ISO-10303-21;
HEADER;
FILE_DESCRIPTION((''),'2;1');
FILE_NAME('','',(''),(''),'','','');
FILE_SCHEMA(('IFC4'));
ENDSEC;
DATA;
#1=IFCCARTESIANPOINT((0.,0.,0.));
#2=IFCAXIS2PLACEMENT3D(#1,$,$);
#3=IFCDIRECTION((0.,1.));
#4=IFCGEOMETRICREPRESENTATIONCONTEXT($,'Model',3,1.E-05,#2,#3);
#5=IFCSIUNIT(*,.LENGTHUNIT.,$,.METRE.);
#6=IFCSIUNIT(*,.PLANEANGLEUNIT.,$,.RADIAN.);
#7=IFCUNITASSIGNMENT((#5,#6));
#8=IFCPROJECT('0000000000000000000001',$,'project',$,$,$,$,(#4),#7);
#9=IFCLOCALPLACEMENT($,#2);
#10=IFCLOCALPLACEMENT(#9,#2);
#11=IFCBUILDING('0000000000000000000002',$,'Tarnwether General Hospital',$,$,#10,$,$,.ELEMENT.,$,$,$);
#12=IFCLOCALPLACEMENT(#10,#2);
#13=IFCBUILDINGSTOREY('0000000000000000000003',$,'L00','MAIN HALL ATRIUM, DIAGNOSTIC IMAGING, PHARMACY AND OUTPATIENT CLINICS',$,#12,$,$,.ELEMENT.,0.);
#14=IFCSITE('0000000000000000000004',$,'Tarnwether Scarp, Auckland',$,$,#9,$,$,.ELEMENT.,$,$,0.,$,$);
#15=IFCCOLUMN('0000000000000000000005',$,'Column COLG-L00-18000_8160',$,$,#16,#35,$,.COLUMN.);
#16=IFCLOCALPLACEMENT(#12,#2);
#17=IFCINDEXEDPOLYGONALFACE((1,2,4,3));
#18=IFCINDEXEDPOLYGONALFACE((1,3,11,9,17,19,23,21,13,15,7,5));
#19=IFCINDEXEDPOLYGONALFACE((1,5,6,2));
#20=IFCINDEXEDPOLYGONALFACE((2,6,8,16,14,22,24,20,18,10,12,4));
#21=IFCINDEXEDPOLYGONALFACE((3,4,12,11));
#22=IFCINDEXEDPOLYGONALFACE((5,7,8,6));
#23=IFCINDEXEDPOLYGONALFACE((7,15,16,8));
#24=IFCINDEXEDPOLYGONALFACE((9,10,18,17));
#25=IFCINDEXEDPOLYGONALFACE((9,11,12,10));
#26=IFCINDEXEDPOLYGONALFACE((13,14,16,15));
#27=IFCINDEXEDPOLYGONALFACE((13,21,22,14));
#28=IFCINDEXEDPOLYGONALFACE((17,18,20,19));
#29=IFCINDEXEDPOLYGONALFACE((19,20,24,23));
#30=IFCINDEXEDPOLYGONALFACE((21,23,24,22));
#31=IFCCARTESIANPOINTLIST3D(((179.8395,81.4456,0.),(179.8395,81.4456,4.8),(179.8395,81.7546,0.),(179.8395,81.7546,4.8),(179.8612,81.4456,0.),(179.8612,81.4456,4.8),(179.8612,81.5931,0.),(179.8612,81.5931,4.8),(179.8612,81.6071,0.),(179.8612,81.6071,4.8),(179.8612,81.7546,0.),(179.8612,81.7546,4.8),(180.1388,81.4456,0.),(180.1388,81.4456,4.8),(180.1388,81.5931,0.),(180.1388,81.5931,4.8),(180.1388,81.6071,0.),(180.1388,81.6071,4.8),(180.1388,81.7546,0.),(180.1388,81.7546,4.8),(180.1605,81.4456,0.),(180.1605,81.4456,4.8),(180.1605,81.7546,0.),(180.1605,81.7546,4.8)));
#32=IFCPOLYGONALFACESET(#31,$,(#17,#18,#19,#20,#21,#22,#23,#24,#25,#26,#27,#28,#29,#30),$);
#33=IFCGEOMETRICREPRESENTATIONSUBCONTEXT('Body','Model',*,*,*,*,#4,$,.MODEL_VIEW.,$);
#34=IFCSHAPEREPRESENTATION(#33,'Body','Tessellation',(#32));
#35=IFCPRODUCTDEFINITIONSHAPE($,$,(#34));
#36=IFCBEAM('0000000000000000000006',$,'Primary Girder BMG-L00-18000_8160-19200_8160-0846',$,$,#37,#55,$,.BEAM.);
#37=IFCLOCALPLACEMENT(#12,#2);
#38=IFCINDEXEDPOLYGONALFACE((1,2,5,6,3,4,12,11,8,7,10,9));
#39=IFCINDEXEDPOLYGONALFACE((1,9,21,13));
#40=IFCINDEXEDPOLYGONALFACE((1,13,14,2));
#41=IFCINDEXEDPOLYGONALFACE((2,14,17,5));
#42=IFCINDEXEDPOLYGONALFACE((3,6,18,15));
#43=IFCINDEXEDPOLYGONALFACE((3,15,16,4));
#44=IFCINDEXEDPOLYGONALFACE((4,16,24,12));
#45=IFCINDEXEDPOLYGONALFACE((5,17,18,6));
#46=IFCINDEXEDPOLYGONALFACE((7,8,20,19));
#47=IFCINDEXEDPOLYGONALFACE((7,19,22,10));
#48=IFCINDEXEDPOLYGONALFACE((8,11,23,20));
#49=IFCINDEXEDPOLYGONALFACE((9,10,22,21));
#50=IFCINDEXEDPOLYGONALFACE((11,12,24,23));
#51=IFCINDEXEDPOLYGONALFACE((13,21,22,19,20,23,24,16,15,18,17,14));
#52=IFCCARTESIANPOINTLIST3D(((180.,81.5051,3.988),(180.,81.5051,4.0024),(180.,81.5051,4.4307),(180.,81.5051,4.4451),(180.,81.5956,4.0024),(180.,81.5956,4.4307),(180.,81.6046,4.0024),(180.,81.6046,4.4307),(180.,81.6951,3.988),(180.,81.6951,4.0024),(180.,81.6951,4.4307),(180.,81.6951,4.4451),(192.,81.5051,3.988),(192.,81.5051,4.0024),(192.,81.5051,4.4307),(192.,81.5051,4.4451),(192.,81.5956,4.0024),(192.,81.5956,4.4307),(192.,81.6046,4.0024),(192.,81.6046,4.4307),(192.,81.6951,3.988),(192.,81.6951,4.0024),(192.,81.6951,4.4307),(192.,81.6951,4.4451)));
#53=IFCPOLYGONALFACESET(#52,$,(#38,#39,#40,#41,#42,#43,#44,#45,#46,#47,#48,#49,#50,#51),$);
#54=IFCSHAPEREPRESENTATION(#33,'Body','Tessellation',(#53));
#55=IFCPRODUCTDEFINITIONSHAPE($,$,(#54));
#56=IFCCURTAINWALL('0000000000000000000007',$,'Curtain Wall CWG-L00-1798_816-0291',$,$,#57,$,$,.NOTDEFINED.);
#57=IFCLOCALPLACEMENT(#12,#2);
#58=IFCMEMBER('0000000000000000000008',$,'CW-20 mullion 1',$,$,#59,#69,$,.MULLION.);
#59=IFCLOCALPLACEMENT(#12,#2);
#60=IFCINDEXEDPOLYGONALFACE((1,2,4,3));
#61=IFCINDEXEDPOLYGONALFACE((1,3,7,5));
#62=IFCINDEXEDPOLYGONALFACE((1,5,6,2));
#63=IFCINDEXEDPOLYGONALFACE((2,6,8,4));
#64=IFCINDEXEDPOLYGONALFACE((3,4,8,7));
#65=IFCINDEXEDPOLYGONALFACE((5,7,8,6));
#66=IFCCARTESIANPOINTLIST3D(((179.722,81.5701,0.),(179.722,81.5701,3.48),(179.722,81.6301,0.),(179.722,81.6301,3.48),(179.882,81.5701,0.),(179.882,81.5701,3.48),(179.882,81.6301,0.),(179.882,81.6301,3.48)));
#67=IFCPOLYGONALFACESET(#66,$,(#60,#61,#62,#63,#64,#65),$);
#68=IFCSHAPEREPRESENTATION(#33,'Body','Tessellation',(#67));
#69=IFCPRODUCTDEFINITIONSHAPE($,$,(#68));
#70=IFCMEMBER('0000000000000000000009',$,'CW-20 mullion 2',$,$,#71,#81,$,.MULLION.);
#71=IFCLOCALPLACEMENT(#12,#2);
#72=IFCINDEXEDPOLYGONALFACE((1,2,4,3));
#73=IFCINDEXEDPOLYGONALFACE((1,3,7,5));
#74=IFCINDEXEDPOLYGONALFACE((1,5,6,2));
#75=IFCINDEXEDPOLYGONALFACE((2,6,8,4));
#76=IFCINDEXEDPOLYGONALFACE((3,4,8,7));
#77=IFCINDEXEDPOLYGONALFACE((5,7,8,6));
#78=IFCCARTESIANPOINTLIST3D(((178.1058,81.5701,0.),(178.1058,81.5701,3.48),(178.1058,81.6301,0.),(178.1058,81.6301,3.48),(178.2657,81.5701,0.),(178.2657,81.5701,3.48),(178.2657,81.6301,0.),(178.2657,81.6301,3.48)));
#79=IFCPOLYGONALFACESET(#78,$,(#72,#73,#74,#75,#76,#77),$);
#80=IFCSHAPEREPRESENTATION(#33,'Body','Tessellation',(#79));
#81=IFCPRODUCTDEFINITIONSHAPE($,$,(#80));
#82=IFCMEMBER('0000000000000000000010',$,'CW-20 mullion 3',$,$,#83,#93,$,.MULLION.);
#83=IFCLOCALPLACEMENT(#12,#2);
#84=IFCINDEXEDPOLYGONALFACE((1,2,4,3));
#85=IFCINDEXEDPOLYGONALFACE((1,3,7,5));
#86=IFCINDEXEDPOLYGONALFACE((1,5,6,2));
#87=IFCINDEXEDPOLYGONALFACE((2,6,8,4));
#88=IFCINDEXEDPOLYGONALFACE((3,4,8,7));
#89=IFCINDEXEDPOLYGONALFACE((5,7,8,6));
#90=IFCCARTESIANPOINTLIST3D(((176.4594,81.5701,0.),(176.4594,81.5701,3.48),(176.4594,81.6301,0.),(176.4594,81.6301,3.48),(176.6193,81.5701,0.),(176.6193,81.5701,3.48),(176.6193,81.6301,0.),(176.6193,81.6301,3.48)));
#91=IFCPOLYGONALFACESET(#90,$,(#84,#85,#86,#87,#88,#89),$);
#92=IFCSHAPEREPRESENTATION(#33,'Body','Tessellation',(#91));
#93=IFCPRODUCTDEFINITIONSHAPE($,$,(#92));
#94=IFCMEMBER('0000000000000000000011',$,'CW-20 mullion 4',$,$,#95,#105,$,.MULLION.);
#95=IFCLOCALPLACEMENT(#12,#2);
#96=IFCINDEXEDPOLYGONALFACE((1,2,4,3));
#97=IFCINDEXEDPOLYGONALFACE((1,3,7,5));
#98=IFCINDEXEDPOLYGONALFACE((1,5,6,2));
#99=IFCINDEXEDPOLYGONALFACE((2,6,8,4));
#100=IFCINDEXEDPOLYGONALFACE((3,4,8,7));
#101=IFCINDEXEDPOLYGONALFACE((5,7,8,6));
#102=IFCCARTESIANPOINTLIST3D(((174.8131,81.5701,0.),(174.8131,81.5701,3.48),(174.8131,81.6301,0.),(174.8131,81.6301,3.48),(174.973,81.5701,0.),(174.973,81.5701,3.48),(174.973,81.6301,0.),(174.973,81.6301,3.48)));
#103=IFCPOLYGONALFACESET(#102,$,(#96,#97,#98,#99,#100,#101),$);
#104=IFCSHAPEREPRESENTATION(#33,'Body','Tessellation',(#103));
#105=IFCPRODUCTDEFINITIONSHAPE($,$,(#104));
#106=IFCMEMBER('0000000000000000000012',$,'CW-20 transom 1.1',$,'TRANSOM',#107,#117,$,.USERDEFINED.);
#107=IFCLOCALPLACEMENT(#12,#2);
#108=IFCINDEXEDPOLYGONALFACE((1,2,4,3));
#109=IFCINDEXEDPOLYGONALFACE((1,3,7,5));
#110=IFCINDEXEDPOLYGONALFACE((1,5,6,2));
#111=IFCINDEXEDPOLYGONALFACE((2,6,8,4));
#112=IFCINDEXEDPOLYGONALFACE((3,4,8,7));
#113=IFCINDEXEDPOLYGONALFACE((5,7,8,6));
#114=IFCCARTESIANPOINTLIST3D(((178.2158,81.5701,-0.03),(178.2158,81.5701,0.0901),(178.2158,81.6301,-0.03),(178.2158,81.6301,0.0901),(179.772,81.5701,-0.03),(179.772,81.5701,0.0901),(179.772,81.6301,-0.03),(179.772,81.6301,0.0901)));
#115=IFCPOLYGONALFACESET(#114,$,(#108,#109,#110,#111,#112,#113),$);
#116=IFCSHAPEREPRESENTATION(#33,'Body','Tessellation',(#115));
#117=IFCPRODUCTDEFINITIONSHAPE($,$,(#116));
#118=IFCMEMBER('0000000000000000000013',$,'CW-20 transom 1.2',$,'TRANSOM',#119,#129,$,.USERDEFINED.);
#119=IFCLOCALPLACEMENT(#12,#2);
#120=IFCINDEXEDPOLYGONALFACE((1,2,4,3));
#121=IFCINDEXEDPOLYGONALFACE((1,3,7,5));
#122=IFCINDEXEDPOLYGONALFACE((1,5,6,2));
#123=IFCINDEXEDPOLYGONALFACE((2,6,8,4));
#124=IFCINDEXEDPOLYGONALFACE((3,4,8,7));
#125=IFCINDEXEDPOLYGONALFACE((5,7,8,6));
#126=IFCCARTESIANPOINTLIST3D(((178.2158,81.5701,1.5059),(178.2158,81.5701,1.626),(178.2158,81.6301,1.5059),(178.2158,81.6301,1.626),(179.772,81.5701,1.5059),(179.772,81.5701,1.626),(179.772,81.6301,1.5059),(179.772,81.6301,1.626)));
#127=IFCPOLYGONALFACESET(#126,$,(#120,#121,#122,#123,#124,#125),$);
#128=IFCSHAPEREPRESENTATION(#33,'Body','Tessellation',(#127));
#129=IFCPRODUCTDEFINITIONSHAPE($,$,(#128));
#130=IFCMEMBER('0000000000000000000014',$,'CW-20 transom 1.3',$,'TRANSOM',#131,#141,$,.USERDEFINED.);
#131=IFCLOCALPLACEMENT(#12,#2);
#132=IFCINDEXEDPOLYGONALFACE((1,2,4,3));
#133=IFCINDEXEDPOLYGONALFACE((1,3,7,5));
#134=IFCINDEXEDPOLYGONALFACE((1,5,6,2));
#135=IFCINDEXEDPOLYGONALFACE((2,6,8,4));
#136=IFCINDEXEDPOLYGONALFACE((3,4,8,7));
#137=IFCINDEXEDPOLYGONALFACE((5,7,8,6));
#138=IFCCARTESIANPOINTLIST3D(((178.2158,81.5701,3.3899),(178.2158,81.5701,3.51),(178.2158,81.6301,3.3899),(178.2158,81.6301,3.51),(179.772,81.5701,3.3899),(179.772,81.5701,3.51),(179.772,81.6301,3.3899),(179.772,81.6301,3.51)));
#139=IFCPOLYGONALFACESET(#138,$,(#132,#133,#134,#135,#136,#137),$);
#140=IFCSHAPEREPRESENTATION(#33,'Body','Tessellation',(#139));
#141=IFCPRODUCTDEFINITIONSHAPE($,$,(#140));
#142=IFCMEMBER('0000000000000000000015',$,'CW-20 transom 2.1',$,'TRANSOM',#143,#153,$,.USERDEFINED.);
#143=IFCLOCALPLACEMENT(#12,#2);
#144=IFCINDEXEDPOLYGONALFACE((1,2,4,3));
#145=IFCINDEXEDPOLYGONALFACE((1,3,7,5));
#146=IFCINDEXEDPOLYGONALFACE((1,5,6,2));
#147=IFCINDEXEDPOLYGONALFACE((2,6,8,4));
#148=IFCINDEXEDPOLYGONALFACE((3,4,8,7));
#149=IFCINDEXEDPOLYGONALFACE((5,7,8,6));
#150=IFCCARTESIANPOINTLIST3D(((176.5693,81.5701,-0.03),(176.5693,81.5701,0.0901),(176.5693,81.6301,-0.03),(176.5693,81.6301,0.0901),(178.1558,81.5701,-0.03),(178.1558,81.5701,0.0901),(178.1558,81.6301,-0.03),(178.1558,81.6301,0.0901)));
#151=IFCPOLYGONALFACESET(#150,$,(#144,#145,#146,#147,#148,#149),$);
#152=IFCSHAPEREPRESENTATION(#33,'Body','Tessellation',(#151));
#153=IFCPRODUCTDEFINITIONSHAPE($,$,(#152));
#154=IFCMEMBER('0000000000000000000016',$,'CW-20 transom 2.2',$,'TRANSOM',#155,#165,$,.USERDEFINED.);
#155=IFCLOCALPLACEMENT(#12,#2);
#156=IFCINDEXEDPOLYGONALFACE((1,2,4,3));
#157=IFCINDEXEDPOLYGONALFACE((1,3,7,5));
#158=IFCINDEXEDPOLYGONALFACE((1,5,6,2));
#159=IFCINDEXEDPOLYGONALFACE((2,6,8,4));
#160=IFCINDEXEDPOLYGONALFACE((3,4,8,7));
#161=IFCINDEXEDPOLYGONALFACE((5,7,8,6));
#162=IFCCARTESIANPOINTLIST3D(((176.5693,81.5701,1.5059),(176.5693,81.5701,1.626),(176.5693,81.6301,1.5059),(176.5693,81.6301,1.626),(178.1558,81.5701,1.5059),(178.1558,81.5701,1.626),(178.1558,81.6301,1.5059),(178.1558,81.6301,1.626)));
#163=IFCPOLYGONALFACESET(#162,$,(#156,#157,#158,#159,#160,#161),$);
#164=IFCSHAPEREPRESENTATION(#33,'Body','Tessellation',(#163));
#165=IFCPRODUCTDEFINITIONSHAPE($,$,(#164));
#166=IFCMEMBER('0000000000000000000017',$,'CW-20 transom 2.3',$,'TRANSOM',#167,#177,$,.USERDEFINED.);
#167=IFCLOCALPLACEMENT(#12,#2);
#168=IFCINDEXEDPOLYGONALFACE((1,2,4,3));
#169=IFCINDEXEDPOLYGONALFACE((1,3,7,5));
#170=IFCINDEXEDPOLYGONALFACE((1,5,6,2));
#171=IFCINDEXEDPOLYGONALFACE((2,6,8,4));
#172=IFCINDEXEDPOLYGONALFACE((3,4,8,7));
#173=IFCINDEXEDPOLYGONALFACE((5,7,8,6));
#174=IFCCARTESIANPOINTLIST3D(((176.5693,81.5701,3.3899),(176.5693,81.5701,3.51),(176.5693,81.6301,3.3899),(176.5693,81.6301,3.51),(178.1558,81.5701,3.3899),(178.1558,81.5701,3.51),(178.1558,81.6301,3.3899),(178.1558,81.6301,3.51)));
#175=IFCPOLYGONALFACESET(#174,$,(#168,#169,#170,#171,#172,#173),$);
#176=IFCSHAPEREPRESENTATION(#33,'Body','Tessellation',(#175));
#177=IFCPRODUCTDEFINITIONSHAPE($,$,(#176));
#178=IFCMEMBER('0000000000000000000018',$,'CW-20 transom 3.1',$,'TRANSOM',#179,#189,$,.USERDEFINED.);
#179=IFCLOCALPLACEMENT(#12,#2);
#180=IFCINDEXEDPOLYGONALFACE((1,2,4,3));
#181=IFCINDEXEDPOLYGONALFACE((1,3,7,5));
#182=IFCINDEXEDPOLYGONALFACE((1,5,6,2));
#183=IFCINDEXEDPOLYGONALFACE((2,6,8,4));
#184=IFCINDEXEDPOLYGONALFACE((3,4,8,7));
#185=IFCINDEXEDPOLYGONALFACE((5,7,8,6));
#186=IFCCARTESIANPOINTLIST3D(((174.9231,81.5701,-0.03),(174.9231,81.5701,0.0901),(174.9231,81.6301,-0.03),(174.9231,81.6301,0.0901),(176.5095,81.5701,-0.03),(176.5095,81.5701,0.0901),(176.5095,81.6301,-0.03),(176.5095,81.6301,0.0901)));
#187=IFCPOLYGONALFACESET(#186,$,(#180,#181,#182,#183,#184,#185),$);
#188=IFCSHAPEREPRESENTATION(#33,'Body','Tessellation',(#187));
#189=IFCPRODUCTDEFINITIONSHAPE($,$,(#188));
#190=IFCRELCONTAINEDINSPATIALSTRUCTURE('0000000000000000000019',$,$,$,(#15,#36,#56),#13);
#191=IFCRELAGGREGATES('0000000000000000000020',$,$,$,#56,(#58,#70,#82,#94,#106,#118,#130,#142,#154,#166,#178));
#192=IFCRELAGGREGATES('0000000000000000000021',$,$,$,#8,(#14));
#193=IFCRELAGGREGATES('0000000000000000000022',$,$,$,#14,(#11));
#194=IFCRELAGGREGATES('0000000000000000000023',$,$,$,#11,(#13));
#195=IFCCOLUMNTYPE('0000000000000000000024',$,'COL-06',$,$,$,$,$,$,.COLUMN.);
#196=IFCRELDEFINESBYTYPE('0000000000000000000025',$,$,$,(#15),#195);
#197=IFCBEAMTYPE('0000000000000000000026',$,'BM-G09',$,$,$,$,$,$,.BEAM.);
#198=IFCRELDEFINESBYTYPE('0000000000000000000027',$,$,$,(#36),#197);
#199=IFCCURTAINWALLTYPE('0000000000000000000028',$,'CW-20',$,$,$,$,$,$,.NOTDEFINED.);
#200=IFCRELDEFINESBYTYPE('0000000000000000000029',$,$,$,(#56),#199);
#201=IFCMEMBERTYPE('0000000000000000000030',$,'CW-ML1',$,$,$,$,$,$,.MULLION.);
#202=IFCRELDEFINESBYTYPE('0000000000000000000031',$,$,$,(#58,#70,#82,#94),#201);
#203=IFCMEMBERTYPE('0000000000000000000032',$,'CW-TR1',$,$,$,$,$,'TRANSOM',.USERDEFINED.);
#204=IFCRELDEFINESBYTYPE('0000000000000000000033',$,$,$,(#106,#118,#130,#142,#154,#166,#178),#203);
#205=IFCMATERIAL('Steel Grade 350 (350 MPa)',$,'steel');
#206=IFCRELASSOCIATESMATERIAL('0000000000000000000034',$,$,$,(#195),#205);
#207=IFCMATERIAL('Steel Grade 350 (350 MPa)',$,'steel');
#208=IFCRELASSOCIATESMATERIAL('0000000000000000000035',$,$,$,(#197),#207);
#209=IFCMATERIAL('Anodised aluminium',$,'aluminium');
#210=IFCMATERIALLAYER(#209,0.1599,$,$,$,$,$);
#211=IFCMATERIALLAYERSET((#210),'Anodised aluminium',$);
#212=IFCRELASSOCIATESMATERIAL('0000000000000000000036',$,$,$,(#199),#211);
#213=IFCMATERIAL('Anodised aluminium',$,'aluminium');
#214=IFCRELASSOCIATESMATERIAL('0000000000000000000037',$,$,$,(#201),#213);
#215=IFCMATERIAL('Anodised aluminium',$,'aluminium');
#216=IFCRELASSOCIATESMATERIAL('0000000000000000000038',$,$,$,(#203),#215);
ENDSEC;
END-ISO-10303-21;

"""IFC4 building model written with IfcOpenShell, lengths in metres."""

from ifc_helpers import new_model, si_unit, direction, frame, origin, origin_2d, place, context, subcontext, project, spatial, rectangle, i_section, extrude, material, layer, layer_set, material_profile, profile_set, type_object, element, aggregate, save


model = new_model("IFC4")

# Units and contexts
model_context = context("Model", 3, precision=1e-05, world=origin(), true_north=direction((0.0, 1.0)))
body_context = subcontext(model_context, "Body", "Model", "MODEL_VIEW")
ifc_project = project(units=[si_unit("LENGTHUNIT", "METRE"), si_unit("PLANEANGLEUNIT", "RADIAN")], contexts=[model_context])

# Site, building, storey
site_placement = place(None, origin())
site = spatial("IfcSite", under=ifc_project, at=site_placement, Name="Tarnwether Scarp, Auckland", CompositionType="ELEMENT", RefElevation=0.0)
building_placement = place(site_placement, origin())
building = spatial("IfcBuilding", under=site, at=building_placement, Name="Tarnwether General Hospital", CompositionType="ELEMENT")
storey_placement = place(building_placement, origin())
storey = spatial("IfcBuildingStorey", under=building, at=storey_placement, Name="L00", Description="MAIN HALL ATRIUM, DIAGNOSTIC IMAGING, PHARMACY AND OUTPATIENT CLINICS", CompositionType="ELEMENT", Elevation=0.0)

# Column
ifc_material_1 = material(Name="Steel Grade 350 (350 MPa)", Category="steel")
ifc_material_profile_1 = material_profile(ifc_material_1, i_section(OverallWidth=0.3091, OverallDepth=0.321, WebThickness=0.0139, FlangeThickness=0.0217, at=origin_2d()), Name="310UC137")
ifc_profile_set_1 = profile_set([ifc_material_profile_1], Name="Steel Grade 350 (350 MPa)")
column_type = type_object("IfcColumnType", Name="COL-06", PredefinedType="COLUMN", material=ifc_profile_set_1)
column_placement = place(storey_placement, frame((180.0, 81.6001, 0.0), z_axis=(0.0, 0.0, 1.0), x_axis=(0.0, 1.0, 0.0)))
element("IfcColumn", 1, at=column_placement, inside=storey, type_object=column_type, Name="Column COLG-L00-18000_8160", PredefinedType="COLUMN", context=body_context, shape_type="SweptSolid", body=[
    extrude(i_section(OverallWidth=0.3091, OverallDepth=0.321, WebThickness=0.0139, FlangeThickness=0.0217, at=origin_2d()), origin(), (0.0, 0.0, 1.0), 4.8),
])

# Beam
ifc_material_2 = material(Name="Steel Grade 350 (350 MPa)", Category="steel")
ifc_material_profile_2 = material_profile(ifc_material_2, i_section(OverallWidth=0.1899, OverallDepth=0.457, WebThickness=0.009, FlangeThickness=0.0144, at=origin_2d()), Name="460UB74.6")
ifc_profile_set_2 = profile_set([ifc_material_profile_2], Name="Steel Grade 350 (350 MPa)")
beam_type = type_object("IfcBeamType", Name="BM-G09", PredefinedType="BEAM", material=ifc_profile_set_2)
beam_placement = place(storey_placement, frame((180.0, 81.6001, 4.2166), z_axis=(1.0, 0.0, 0.0), x_axis=(0.0, 1.0, 0.0)))
element("IfcBeam", 2, at=beam_placement, inside=storey, type_object=beam_type, Name="Primary Girder BMG-L00-18000_8160-19200_8160-0846", PredefinedType="BEAM", context=body_context, shape_type="SweptSolid", body=[
    extrude(i_section(OverallWidth=0.1899, OverallDepth=0.457, WebThickness=0.009, FlangeThickness=0.0144, at=origin_2d()), origin(), (0.0, 0.0, 1.0), 12.0),
])

# Curtain wall, members
ifc_material_3 = material(Name="Anodised aluminium", Category="aluminium")
ifc_layer_1 = layer(ifc_material_3, 0.1599)
ifc_layer_set_1 = layer_set([ifc_layer_1], Name="Anodised aluminium")
curtain_wall_type = type_object("IfcCurtainWallType", Name="CW-20", PredefinedType="NOTDEFINED", material=ifc_layer_set_1)
curtain_wall_placement = place(storey_placement, origin())
curtain_wall = element("IfcCurtainWall", 3, at=curtain_wall_placement, inside=storey, type_object=curtain_wall_type, Name="Curtain Wall CWG-L00-1798_816-0291", PredefinedType="NOTDEFINED")
ifc_material_4 = material(Name="Anodised aluminium", Category="aluminium")
ifc_material_profile_3 = material_profile(ifc_material_4, rectangle(XDim=0.0601, YDim=0.1599, at=origin_2d()), Name="ALU-MUL-60x160")
ifc_profile_set_3 = profile_set([ifc_material_profile_3], Name="Anodised aluminium")
member_type_1 = type_object("IfcMemberType", Name="CW-ML1", PredefinedType="MULLION", material=ifc_profile_set_3)
member_1_placement = place(storey_placement, frame((179.802, 81.6001, 0.0), z_axis=(0.0, 0.0, 1.0), x_axis=(0.0, -1.0, 0.0)))
member_1 = element("IfcMember", 4, at=member_1_placement, type_object=member_type_1, Name="CW-20 mullion 1", PredefinedType="MULLION", context=body_context, shape_type="SweptSolid", body=[
    extrude(rectangle(XDim=0.0601, YDim=0.1599, at=origin_2d()), origin(), (0.0, 0.0, 1.0), 3.48),
])
member_2_placement = place(storey_placement, frame((178.1858, 81.6001, 0.0), z_axis=(0.0, 0.0, 1.0), x_axis=(0.0, -1.0, 0.0)))
member_2 = element("IfcMember", 5, at=member_2_placement, type_object=member_type_1, Name="CW-20 mullion 2", PredefinedType="MULLION", context=body_context, shape_type="SweptSolid", body=[
    extrude(rectangle(XDim=0.0601, YDim=0.1599, at=origin_2d()), origin(), (0.0, 0.0, 1.0), 3.48),
])
member_3_placement = place(storey_placement, frame((176.5393, 81.6001, 0.0), z_axis=(0.0, 0.0, 1.0), x_axis=(0.0, -1.0, 0.0)))
member_3 = element("IfcMember", 6, at=member_3_placement, type_object=member_type_1, Name="CW-20 mullion 3", PredefinedType="MULLION", context=body_context, shape_type="SweptSolid", body=[
    extrude(rectangle(XDim=0.0601, YDim=0.1599, at=origin_2d()), origin(), (0.0, 0.0, 1.0), 3.48),
])
member_4_placement = place(storey_placement, frame((174.8931, 81.6001, 0.0), z_axis=(0.0, 0.0, 1.0), x_axis=(0.0, -1.0, 0.0)))
member_4 = element("IfcMember", 7, at=member_4_placement, type_object=member_type_1, Name="CW-20 mullion 4", PredefinedType="MULLION", context=body_context, shape_type="SweptSolid", body=[
    extrude(rectangle(XDim=0.0601, YDim=0.1599, at=origin_2d()), origin(), (0.0, 0.0, 1.0), 3.48),
])
ifc_material_5 = material(Name="Anodised aluminium", Category="aluminium")
ifc_material_profile_4 = material_profile(ifc_material_5, rectangle(XDim=0.0601, YDim=0.1201, at=origin_2d()), Name="ALU-TRN-60x120")
ifc_profile_set_4 = profile_set([ifc_material_profile_4], Name="Anodised aluminium")
member_type_2 = type_object("IfcMemberType", Name="CW-TR1", ElementType="TRANSOM", PredefinedType="USERDEFINED", material=ifc_profile_set_4)
member_5_placement = place(storey_placement, frame((179.772, 81.6001, 0.03), z_axis=(-1.0, 0.0, 0.0), x_axis=(0.0, -1.0, 0.0)))
member_5 = element("IfcMember", 8, at=member_5_placement, type_object=member_type_2, Name="CW-20 transom 1.1", ObjectType="TRANSOM", PredefinedType="USERDEFINED", context=body_context, shape_type="SweptSolid", body=[
    extrude(rectangle(XDim=0.0601, YDim=0.1201, at=origin_2d()), origin(), (0.0, 0.0, 1.0), 1.5562),
])
member_6_placement = place(storey_placement, frame((179.772, 81.6001, 1.5659), z_axis=(-1.0, 0.0, 0.0), x_axis=(0.0, -1.0, 0.0)))
member_6 = element("IfcMember", 9, at=member_6_placement, type_object=member_type_2, Name="CW-20 transom 1.2", ObjectType="TRANSOM", PredefinedType="USERDEFINED", context=body_context, shape_type="SweptSolid", body=[
    extrude(rectangle(XDim=0.0601, YDim=0.1201, at=origin_2d()), origin(), (0.0, 0.0, 1.0), 1.5562),
])
member_7_placement = place(storey_placement, frame((179.772, 81.6001, 3.45), z_axis=(-1.0, 0.0, 0.0), x_axis=(0.0, -1.0, 0.0)))
member_7 = element("IfcMember", 10, at=member_7_placement, type_object=member_type_2, Name="CW-20 transom 1.3", ObjectType="TRANSOM", PredefinedType="USERDEFINED", context=body_context, shape_type="SweptSolid", body=[
    extrude(rectangle(XDim=0.0601, YDim=0.1201, at=origin_2d()), origin(), (0.0, 0.0, 1.0), 1.5562),
])
member_8_placement = place(storey_placement, frame((178.1558, 81.6001, 0.03), z_axis=(-1.0, 0.0, 0.0), x_axis=(0.0, -1.0, 0.0)))
member_8 = element("IfcMember", 11, at=member_8_placement, type_object=member_type_2, Name="CW-20 transom 2.1", ObjectType="TRANSOM", PredefinedType="USERDEFINED", context=body_context, shape_type="SweptSolid", body=[
    extrude(rectangle(XDim=0.0601, YDim=0.1201, at=origin_2d()), origin(), (0.0, 0.0, 1.0), 1.5864),
])
member_9_placement = place(storey_placement, frame((178.1558, 81.6001, 1.5659), z_axis=(-1.0, 0.0, 0.0), x_axis=(0.0, -1.0, 0.0)))
member_9 = element("IfcMember", 12, at=member_9_placement, type_object=member_type_2, Name="CW-20 transom 2.2", ObjectType="TRANSOM", PredefinedType="USERDEFINED", context=body_context, shape_type="SweptSolid", body=[
    extrude(rectangle(XDim=0.0601, YDim=0.1201, at=origin_2d()), origin(), (0.0, 0.0, 1.0), 1.5864),
])
member_10_placement = place(storey_placement, frame((178.1558, 81.6001, 3.45), z_axis=(-1.0, 0.0, 0.0), x_axis=(0.0, -1.0, 0.0)))
member_10 = element("IfcMember", 13, at=member_10_placement, type_object=member_type_2, Name="CW-20 transom 2.3", ObjectType="TRANSOM", PredefinedType="USERDEFINED", context=body_context, shape_type="SweptSolid", body=[
    extrude(rectangle(XDim=0.0601, YDim=0.1201, at=origin_2d()), origin(), (0.0, 0.0, 1.0), 1.5864),
])
member_11_placement = place(storey_placement, frame((176.5095, 81.6001, 0.03), z_axis=(-1.0, 0.0, 0.0), x_axis=(0.0, -1.0, 0.0)))
member_11 = element("IfcMember", 14, at=member_11_placement, type_object=member_type_2, Name="CW-20 transom 3.1", ObjectType="TRANSOM", PredefinedType="USERDEFINED", context=body_context, shape_type="SweptSolid", body=[
    extrude(rectangle(XDim=0.0601, YDim=0.1201, at=origin_2d()), origin(), (0.0, 0.0, 1.0), 1.5864),
])
aggregate(curtain_wall, [member_1, member_2, member_3, member_4, member_5, member_6, member_7, member_8, member_9, member_10, member_11])

save(model, "model.ifc")
